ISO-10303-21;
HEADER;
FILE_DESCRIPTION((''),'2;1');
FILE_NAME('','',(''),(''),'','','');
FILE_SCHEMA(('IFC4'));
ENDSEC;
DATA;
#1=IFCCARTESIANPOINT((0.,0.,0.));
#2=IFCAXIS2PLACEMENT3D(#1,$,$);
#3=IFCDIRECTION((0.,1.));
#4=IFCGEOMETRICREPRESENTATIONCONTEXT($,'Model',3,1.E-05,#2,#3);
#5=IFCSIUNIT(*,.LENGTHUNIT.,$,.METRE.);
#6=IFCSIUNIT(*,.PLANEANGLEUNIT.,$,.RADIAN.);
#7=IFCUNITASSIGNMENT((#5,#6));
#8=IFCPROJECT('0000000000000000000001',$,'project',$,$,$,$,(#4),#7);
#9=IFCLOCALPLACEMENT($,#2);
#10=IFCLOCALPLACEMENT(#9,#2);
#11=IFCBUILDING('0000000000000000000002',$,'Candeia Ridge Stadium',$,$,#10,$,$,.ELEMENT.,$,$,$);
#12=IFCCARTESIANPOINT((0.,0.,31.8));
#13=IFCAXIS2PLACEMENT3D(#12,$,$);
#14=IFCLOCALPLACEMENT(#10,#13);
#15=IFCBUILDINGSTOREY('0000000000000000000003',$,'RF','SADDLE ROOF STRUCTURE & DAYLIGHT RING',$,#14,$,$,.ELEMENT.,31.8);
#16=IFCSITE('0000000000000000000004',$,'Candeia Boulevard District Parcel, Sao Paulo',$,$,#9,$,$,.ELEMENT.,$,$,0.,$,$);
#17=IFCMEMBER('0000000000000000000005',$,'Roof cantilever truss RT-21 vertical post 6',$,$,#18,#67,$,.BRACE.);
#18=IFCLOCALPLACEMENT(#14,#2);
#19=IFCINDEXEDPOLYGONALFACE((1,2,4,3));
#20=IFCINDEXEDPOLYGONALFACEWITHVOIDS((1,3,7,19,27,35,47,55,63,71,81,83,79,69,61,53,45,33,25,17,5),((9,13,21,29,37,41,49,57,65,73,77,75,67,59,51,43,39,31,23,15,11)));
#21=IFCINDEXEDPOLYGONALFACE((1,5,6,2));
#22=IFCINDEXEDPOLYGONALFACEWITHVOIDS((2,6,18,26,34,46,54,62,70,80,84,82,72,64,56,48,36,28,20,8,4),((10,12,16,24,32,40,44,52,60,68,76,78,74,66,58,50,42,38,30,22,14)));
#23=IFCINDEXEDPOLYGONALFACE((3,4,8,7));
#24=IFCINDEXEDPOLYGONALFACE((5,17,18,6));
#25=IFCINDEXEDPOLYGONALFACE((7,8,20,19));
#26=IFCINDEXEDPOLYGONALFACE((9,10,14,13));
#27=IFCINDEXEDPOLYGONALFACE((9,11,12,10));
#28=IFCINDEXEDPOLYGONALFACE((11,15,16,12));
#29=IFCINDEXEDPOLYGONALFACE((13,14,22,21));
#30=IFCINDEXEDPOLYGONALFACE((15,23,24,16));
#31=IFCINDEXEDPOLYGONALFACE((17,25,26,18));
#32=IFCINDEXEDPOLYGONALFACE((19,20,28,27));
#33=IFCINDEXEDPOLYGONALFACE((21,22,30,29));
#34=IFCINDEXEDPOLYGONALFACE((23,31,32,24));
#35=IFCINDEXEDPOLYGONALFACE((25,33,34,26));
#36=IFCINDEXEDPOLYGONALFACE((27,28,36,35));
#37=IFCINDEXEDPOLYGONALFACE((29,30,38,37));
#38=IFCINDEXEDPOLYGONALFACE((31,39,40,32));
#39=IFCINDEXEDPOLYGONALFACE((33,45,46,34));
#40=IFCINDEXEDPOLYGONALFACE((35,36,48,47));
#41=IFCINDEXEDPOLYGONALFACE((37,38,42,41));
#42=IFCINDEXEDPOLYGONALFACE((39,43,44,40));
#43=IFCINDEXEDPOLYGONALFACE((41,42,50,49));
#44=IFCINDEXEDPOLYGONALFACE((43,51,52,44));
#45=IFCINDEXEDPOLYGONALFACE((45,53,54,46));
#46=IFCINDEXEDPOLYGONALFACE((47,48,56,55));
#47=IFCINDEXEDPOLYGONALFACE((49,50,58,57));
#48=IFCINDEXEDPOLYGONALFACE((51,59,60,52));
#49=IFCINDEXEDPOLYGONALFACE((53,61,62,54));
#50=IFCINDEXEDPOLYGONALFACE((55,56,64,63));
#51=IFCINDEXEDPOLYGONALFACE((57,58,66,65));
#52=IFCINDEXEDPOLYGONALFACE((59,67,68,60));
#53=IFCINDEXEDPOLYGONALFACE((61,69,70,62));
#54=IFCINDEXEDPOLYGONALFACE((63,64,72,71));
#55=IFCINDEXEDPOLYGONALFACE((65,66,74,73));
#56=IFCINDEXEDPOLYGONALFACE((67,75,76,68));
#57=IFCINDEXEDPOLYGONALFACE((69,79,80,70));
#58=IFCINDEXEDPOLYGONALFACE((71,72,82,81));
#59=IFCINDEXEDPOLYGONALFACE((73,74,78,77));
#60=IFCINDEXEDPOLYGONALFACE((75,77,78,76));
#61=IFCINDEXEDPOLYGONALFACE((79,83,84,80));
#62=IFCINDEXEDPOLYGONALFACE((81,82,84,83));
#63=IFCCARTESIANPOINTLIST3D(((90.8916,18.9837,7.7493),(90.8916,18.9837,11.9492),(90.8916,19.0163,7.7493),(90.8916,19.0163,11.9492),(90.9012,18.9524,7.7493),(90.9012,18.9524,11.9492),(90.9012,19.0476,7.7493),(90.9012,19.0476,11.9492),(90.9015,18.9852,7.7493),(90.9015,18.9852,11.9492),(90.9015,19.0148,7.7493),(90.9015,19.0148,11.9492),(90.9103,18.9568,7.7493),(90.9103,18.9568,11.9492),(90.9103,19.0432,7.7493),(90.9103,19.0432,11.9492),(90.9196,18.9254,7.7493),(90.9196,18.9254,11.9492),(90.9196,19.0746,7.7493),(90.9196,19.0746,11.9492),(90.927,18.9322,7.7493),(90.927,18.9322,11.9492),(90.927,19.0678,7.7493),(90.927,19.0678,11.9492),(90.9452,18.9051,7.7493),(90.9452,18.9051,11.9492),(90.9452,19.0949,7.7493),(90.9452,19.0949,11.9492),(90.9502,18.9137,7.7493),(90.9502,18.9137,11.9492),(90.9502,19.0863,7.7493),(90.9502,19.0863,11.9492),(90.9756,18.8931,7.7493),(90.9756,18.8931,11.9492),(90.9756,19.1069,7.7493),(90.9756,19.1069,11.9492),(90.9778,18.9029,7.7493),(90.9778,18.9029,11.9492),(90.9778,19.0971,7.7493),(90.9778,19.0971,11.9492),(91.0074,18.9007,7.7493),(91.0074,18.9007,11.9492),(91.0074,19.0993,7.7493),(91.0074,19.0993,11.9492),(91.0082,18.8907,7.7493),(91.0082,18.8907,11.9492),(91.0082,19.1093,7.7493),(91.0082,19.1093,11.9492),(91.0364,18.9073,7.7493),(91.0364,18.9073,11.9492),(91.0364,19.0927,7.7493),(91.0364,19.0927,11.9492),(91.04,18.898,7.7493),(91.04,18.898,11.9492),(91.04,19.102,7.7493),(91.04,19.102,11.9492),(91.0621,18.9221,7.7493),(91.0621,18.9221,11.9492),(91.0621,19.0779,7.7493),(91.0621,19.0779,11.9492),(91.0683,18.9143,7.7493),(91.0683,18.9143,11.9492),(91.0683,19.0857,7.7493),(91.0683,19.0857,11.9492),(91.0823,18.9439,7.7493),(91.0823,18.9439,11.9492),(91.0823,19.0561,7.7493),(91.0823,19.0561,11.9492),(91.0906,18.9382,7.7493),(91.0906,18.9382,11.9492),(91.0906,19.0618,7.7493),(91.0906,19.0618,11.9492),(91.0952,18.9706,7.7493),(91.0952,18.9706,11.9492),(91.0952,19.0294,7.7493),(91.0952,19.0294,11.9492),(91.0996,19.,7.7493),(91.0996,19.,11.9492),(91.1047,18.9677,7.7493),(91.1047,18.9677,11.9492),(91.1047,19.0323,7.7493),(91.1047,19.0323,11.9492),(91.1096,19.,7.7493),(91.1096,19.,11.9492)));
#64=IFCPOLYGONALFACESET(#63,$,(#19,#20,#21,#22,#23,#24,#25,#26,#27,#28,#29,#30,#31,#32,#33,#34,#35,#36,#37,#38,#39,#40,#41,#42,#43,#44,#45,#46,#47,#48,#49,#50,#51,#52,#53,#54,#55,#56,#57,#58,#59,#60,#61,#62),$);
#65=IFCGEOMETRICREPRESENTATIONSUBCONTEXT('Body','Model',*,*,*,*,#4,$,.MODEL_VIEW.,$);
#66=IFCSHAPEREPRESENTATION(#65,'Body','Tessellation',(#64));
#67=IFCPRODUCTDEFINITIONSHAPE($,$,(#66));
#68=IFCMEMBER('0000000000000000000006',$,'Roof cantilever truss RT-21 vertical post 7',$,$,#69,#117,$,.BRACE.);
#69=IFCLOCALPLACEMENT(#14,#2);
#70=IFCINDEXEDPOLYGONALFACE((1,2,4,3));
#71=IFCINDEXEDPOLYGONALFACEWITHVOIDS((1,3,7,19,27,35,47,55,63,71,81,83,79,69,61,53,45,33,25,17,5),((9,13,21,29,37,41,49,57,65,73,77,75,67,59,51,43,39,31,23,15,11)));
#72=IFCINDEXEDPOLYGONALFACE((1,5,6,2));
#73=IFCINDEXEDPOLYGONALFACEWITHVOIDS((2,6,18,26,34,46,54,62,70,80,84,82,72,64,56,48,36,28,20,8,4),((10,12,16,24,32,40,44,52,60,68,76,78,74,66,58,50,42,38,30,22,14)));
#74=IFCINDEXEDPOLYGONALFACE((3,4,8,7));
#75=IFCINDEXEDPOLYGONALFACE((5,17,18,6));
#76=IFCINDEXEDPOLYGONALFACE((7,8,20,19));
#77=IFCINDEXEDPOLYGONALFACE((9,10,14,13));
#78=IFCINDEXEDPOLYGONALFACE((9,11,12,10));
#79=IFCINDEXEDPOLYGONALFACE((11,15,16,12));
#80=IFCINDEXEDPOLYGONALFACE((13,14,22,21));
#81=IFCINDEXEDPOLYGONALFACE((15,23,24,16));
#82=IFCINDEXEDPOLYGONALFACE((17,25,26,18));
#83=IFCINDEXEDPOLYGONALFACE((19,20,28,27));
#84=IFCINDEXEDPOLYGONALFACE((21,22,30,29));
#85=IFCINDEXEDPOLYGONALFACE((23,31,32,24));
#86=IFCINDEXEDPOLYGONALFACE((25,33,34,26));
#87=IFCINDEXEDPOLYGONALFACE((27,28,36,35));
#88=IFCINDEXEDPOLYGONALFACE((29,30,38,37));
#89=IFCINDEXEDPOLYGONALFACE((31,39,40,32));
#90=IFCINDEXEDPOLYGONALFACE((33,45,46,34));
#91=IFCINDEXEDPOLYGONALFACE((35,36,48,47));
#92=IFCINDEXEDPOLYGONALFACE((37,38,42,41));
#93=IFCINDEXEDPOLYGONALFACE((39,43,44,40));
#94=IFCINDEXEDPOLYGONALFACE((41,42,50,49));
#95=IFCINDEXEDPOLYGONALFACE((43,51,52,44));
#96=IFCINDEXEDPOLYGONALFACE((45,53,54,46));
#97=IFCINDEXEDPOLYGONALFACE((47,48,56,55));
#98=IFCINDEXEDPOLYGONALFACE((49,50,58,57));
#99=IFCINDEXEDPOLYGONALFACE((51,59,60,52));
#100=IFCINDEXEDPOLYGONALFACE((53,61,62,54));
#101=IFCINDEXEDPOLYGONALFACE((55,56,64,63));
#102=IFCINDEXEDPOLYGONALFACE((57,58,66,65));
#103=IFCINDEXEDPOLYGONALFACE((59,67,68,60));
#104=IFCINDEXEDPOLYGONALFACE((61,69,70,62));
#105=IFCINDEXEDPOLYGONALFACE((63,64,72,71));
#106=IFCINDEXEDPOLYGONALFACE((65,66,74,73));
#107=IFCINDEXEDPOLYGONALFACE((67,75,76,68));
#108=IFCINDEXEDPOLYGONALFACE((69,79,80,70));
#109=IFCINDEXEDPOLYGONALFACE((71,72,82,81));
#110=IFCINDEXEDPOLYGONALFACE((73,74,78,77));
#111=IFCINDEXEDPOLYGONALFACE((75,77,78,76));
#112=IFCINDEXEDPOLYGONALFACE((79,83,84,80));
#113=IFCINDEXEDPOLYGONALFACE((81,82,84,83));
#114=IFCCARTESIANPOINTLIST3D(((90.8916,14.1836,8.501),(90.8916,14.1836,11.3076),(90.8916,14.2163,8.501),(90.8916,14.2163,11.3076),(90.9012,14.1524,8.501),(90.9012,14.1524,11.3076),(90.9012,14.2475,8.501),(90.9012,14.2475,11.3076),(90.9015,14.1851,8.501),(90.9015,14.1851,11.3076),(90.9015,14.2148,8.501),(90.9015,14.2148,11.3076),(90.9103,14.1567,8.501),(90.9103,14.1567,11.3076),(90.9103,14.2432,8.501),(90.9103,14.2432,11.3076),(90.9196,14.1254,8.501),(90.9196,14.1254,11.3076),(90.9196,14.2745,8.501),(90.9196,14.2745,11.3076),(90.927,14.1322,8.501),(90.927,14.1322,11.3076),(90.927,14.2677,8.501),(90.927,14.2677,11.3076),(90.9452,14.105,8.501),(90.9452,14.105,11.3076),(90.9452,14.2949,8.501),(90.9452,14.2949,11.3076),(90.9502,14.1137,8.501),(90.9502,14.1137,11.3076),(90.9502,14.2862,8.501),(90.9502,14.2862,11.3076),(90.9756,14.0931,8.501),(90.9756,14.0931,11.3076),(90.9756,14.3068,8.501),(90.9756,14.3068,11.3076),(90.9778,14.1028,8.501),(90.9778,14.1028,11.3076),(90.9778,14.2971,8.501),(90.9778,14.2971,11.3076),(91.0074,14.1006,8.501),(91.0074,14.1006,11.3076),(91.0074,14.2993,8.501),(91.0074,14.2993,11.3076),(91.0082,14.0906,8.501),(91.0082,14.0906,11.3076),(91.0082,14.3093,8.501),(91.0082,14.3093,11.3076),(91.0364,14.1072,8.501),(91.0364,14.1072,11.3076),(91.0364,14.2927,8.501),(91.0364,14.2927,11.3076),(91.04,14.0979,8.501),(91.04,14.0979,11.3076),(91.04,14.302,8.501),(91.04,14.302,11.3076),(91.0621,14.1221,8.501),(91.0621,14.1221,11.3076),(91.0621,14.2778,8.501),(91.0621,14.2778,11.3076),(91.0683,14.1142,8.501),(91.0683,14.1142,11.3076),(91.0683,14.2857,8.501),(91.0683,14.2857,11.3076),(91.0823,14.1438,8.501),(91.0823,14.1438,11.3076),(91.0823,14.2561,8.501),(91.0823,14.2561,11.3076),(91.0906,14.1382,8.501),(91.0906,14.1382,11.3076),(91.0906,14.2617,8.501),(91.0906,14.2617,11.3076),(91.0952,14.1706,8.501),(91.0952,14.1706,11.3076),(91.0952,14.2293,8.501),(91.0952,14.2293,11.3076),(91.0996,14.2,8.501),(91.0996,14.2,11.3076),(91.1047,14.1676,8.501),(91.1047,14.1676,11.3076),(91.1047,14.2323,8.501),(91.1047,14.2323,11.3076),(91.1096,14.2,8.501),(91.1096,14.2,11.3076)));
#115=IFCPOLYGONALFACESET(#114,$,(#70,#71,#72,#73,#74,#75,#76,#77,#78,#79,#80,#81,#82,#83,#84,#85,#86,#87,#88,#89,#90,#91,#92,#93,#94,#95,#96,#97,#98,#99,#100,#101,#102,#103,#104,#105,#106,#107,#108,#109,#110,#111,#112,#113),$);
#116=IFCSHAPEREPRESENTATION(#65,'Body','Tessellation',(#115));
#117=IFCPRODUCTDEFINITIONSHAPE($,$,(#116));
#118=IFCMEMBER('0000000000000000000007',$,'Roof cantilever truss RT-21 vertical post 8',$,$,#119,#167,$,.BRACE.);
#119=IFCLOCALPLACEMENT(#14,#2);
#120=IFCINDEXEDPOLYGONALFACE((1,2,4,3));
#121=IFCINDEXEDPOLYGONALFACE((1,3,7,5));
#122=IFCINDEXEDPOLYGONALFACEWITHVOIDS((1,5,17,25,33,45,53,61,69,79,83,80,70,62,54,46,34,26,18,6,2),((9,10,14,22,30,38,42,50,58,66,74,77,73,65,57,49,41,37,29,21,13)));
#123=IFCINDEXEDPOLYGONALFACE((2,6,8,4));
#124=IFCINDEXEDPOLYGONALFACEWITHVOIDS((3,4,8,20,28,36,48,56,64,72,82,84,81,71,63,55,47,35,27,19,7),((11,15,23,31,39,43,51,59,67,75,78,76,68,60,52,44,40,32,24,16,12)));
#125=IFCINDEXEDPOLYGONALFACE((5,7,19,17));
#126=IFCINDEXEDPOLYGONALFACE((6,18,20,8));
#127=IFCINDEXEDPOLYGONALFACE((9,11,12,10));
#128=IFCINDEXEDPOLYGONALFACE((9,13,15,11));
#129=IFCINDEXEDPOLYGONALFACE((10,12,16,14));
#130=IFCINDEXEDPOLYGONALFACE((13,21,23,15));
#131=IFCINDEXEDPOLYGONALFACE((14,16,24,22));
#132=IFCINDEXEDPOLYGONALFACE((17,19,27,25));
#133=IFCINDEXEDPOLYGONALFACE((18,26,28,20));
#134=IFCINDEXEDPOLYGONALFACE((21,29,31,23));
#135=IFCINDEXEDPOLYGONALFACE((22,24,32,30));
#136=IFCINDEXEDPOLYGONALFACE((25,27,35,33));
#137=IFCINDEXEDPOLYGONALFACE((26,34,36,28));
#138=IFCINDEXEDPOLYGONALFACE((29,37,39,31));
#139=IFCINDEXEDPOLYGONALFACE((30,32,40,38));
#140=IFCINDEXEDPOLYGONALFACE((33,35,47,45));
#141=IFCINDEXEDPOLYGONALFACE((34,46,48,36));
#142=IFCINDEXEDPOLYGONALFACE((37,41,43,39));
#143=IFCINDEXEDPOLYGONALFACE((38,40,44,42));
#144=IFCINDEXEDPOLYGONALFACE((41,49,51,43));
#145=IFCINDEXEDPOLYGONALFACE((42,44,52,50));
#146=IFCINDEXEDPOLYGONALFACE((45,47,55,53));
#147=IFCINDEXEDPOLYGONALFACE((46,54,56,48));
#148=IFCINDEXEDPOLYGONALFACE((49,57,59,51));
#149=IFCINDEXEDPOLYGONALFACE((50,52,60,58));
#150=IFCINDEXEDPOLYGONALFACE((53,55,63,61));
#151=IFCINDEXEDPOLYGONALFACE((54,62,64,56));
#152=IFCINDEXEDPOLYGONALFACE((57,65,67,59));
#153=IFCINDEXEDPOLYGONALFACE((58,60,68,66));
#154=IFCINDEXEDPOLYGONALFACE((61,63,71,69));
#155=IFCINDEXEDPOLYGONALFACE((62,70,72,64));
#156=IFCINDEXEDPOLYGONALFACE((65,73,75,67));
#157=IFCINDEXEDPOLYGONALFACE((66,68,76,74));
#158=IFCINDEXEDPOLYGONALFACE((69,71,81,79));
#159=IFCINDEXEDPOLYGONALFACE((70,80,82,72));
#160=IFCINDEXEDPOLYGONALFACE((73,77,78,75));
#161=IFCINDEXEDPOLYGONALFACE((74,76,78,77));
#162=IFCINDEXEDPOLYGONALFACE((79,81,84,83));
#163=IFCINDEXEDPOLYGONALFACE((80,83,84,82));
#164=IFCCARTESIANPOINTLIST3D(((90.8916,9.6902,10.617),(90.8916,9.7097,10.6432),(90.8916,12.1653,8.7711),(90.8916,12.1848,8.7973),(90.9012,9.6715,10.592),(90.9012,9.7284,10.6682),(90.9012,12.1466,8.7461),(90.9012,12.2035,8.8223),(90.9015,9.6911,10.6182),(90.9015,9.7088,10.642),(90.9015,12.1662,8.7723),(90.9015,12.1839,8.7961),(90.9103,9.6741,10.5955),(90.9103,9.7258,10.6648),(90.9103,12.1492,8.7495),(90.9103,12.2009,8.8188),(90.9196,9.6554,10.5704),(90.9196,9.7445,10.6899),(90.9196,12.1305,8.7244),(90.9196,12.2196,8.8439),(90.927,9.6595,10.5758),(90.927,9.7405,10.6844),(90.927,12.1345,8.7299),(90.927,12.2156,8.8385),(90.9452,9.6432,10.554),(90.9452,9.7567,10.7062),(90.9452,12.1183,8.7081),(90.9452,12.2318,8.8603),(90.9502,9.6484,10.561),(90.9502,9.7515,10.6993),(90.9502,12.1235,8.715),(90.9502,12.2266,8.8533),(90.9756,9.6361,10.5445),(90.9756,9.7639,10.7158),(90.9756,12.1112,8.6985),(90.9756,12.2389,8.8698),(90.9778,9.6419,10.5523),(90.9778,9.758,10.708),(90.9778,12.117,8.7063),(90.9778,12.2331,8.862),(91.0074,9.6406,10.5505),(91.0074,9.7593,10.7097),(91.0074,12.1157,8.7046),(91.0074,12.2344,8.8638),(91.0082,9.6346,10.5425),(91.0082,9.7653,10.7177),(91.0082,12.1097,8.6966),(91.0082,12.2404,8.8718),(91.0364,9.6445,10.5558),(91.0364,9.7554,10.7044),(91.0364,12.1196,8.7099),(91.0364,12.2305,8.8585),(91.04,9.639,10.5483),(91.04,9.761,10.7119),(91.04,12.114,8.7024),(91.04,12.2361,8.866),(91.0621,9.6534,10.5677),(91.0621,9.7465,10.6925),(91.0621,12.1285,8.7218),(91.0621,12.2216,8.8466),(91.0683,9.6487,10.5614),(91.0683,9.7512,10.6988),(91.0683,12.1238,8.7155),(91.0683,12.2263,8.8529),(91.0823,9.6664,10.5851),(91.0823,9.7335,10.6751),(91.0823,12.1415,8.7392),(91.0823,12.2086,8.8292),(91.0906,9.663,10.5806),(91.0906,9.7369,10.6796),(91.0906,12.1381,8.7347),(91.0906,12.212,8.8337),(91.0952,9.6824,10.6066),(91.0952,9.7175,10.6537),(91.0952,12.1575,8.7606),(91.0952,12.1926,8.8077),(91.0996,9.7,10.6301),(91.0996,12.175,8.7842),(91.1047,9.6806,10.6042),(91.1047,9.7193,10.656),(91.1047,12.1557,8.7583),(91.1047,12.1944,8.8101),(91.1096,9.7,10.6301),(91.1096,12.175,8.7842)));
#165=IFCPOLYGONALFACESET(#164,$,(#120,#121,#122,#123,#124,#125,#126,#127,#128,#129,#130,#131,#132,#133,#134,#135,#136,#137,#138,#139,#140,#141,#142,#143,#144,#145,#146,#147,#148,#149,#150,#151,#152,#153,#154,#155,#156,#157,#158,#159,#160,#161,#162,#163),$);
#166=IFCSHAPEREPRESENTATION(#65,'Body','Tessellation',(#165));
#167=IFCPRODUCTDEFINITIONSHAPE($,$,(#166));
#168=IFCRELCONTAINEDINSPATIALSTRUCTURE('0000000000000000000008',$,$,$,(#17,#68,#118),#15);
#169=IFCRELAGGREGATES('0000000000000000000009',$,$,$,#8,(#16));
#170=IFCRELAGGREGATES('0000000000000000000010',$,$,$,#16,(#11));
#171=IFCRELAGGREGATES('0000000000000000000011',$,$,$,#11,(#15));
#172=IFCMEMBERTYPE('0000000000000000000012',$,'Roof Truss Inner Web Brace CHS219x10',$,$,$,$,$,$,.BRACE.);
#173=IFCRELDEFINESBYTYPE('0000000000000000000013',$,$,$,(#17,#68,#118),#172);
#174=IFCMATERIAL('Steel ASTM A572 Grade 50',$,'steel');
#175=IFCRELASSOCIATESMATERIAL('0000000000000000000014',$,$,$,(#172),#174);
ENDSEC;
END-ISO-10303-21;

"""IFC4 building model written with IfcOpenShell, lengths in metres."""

from ifc_helpers import new_model, si_unit, direction, frame, origin, origin_2d, place, context, subcontext, project, spatial, hollow_circle, extrude, material, material_profile, profile_set, type_object, element, save


model = new_model("IFC4")

# Units and contexts
model_context = context("Model", 3, precision=1e-05, world=origin(), true_north=direction((0.0, 1.0)))
body_context = subcontext(model_context, "Body", "Model", "MODEL_VIEW")
ifc_project = project(units=[si_unit("LENGTHUNIT", "METRE"), si_unit("PLANEANGLEUNIT", "RADIAN")], contexts=[model_context])

# Site, building, storey
site_placement = place(None, origin())
site = spatial("IfcSite", under=ifc_project, at=site_placement, Name="Candeia Boulevard District Parcel, Sao Paulo", CompositionType="ELEMENT", RefElevation=0.0)
building_placement = place(site_placement, origin())
building = spatial("IfcBuilding", under=site, at=building_placement, Name="Candeia Ridge Stadium", CompositionType="ELEMENT")
storey_placement = place(building_placement, frame((0.0, 0.0, 31.8)))
storey = spatial("IfcBuildingStorey", under=building, at=storey_placement, Name="RF", Description="SADDLE ROOF STRUCTURE & DAYLIGHT RING", CompositionType="ELEMENT", Elevation=31.8)

# Shared definitions
ifc_material_1 = material(Name="Steel ASTM A572 Grade 50", Category="steel")

# Members
ifc_material_profile_1 = material_profile(ifc_material_1, hollow_circle(Radius=0.1096, WallThickness=0.01, at=origin_2d()), Name="CHS219x10", Category="steel")
ifc_profile_set_1 = profile_set([ifc_material_profile_1], Name="Steel ASTM A572 Grade 50")
member_type_1 = type_object("IfcMemberType", Name="Roof Truss Inner Web Brace CHS219x10", PredefinedType="BRACE", material=ifc_profile_set_1)
member_1_placement = place(storey_placement, frame((91.0, 19.0, 7.7493), z_axis=(0.0, 0.0, 1.0), x_axis=(1.0, 0.0, 0.0)))
element("IfcMember", 1, at=member_1_placement, inside=storey, type_object=member_type_1, Name="Roof cantilever truss RT-21 vertical post 6", PredefinedType="BRACE", context=body_context, shape_type="SweptSolid", body=[
    extrude(hollow_circle(Radius=0.1096, WallThickness=0.01, at=origin_2d()), origin(), (0.0, 0.0, 1.0), 4.2),
])
member_2_placement = place(storey_placement, frame((91.0, 14.2, 8.501), z_axis=(0.0, 0.0, 1.0), x_axis=(1.0, 0.0, 0.0)))
element("IfcMember", 2, at=member_2_placement, inside=storey, type_object=member_type_1, Name="Roof cantilever truss RT-21 vertical post 7", PredefinedType="BRACE", context=body_context, shape_type="SweptSolid", body=[
    extrude(hollow_circle(Radius=0.1096, WallThickness=0.01, at=origin_2d()), origin(), (0.0, 0.0, 1.0), 2.8066),
])
member_3_placement = place(storey_placement, frame((91.0, 12.175, 8.7842), z_axis=(0.0, -0.80161, 0.597847), x_axis=(1.0, 0.0, 0.0)))
element("IfcMember", 3, at=member_3_placement, inside=storey, type_object=member_type_1, Name="Roof cantilever truss RT-21 vertical post 8", PredefinedType="BRACE", context=body_context, shape_type="SweptSolid", body=[
    extrude(hollow_circle(Radius=0.1096, WallThickness=0.01, at=origin_2d()), origin(), (0.0, 0.0, 1.0), 3.0876),
])

save(model, "model.ifc")
